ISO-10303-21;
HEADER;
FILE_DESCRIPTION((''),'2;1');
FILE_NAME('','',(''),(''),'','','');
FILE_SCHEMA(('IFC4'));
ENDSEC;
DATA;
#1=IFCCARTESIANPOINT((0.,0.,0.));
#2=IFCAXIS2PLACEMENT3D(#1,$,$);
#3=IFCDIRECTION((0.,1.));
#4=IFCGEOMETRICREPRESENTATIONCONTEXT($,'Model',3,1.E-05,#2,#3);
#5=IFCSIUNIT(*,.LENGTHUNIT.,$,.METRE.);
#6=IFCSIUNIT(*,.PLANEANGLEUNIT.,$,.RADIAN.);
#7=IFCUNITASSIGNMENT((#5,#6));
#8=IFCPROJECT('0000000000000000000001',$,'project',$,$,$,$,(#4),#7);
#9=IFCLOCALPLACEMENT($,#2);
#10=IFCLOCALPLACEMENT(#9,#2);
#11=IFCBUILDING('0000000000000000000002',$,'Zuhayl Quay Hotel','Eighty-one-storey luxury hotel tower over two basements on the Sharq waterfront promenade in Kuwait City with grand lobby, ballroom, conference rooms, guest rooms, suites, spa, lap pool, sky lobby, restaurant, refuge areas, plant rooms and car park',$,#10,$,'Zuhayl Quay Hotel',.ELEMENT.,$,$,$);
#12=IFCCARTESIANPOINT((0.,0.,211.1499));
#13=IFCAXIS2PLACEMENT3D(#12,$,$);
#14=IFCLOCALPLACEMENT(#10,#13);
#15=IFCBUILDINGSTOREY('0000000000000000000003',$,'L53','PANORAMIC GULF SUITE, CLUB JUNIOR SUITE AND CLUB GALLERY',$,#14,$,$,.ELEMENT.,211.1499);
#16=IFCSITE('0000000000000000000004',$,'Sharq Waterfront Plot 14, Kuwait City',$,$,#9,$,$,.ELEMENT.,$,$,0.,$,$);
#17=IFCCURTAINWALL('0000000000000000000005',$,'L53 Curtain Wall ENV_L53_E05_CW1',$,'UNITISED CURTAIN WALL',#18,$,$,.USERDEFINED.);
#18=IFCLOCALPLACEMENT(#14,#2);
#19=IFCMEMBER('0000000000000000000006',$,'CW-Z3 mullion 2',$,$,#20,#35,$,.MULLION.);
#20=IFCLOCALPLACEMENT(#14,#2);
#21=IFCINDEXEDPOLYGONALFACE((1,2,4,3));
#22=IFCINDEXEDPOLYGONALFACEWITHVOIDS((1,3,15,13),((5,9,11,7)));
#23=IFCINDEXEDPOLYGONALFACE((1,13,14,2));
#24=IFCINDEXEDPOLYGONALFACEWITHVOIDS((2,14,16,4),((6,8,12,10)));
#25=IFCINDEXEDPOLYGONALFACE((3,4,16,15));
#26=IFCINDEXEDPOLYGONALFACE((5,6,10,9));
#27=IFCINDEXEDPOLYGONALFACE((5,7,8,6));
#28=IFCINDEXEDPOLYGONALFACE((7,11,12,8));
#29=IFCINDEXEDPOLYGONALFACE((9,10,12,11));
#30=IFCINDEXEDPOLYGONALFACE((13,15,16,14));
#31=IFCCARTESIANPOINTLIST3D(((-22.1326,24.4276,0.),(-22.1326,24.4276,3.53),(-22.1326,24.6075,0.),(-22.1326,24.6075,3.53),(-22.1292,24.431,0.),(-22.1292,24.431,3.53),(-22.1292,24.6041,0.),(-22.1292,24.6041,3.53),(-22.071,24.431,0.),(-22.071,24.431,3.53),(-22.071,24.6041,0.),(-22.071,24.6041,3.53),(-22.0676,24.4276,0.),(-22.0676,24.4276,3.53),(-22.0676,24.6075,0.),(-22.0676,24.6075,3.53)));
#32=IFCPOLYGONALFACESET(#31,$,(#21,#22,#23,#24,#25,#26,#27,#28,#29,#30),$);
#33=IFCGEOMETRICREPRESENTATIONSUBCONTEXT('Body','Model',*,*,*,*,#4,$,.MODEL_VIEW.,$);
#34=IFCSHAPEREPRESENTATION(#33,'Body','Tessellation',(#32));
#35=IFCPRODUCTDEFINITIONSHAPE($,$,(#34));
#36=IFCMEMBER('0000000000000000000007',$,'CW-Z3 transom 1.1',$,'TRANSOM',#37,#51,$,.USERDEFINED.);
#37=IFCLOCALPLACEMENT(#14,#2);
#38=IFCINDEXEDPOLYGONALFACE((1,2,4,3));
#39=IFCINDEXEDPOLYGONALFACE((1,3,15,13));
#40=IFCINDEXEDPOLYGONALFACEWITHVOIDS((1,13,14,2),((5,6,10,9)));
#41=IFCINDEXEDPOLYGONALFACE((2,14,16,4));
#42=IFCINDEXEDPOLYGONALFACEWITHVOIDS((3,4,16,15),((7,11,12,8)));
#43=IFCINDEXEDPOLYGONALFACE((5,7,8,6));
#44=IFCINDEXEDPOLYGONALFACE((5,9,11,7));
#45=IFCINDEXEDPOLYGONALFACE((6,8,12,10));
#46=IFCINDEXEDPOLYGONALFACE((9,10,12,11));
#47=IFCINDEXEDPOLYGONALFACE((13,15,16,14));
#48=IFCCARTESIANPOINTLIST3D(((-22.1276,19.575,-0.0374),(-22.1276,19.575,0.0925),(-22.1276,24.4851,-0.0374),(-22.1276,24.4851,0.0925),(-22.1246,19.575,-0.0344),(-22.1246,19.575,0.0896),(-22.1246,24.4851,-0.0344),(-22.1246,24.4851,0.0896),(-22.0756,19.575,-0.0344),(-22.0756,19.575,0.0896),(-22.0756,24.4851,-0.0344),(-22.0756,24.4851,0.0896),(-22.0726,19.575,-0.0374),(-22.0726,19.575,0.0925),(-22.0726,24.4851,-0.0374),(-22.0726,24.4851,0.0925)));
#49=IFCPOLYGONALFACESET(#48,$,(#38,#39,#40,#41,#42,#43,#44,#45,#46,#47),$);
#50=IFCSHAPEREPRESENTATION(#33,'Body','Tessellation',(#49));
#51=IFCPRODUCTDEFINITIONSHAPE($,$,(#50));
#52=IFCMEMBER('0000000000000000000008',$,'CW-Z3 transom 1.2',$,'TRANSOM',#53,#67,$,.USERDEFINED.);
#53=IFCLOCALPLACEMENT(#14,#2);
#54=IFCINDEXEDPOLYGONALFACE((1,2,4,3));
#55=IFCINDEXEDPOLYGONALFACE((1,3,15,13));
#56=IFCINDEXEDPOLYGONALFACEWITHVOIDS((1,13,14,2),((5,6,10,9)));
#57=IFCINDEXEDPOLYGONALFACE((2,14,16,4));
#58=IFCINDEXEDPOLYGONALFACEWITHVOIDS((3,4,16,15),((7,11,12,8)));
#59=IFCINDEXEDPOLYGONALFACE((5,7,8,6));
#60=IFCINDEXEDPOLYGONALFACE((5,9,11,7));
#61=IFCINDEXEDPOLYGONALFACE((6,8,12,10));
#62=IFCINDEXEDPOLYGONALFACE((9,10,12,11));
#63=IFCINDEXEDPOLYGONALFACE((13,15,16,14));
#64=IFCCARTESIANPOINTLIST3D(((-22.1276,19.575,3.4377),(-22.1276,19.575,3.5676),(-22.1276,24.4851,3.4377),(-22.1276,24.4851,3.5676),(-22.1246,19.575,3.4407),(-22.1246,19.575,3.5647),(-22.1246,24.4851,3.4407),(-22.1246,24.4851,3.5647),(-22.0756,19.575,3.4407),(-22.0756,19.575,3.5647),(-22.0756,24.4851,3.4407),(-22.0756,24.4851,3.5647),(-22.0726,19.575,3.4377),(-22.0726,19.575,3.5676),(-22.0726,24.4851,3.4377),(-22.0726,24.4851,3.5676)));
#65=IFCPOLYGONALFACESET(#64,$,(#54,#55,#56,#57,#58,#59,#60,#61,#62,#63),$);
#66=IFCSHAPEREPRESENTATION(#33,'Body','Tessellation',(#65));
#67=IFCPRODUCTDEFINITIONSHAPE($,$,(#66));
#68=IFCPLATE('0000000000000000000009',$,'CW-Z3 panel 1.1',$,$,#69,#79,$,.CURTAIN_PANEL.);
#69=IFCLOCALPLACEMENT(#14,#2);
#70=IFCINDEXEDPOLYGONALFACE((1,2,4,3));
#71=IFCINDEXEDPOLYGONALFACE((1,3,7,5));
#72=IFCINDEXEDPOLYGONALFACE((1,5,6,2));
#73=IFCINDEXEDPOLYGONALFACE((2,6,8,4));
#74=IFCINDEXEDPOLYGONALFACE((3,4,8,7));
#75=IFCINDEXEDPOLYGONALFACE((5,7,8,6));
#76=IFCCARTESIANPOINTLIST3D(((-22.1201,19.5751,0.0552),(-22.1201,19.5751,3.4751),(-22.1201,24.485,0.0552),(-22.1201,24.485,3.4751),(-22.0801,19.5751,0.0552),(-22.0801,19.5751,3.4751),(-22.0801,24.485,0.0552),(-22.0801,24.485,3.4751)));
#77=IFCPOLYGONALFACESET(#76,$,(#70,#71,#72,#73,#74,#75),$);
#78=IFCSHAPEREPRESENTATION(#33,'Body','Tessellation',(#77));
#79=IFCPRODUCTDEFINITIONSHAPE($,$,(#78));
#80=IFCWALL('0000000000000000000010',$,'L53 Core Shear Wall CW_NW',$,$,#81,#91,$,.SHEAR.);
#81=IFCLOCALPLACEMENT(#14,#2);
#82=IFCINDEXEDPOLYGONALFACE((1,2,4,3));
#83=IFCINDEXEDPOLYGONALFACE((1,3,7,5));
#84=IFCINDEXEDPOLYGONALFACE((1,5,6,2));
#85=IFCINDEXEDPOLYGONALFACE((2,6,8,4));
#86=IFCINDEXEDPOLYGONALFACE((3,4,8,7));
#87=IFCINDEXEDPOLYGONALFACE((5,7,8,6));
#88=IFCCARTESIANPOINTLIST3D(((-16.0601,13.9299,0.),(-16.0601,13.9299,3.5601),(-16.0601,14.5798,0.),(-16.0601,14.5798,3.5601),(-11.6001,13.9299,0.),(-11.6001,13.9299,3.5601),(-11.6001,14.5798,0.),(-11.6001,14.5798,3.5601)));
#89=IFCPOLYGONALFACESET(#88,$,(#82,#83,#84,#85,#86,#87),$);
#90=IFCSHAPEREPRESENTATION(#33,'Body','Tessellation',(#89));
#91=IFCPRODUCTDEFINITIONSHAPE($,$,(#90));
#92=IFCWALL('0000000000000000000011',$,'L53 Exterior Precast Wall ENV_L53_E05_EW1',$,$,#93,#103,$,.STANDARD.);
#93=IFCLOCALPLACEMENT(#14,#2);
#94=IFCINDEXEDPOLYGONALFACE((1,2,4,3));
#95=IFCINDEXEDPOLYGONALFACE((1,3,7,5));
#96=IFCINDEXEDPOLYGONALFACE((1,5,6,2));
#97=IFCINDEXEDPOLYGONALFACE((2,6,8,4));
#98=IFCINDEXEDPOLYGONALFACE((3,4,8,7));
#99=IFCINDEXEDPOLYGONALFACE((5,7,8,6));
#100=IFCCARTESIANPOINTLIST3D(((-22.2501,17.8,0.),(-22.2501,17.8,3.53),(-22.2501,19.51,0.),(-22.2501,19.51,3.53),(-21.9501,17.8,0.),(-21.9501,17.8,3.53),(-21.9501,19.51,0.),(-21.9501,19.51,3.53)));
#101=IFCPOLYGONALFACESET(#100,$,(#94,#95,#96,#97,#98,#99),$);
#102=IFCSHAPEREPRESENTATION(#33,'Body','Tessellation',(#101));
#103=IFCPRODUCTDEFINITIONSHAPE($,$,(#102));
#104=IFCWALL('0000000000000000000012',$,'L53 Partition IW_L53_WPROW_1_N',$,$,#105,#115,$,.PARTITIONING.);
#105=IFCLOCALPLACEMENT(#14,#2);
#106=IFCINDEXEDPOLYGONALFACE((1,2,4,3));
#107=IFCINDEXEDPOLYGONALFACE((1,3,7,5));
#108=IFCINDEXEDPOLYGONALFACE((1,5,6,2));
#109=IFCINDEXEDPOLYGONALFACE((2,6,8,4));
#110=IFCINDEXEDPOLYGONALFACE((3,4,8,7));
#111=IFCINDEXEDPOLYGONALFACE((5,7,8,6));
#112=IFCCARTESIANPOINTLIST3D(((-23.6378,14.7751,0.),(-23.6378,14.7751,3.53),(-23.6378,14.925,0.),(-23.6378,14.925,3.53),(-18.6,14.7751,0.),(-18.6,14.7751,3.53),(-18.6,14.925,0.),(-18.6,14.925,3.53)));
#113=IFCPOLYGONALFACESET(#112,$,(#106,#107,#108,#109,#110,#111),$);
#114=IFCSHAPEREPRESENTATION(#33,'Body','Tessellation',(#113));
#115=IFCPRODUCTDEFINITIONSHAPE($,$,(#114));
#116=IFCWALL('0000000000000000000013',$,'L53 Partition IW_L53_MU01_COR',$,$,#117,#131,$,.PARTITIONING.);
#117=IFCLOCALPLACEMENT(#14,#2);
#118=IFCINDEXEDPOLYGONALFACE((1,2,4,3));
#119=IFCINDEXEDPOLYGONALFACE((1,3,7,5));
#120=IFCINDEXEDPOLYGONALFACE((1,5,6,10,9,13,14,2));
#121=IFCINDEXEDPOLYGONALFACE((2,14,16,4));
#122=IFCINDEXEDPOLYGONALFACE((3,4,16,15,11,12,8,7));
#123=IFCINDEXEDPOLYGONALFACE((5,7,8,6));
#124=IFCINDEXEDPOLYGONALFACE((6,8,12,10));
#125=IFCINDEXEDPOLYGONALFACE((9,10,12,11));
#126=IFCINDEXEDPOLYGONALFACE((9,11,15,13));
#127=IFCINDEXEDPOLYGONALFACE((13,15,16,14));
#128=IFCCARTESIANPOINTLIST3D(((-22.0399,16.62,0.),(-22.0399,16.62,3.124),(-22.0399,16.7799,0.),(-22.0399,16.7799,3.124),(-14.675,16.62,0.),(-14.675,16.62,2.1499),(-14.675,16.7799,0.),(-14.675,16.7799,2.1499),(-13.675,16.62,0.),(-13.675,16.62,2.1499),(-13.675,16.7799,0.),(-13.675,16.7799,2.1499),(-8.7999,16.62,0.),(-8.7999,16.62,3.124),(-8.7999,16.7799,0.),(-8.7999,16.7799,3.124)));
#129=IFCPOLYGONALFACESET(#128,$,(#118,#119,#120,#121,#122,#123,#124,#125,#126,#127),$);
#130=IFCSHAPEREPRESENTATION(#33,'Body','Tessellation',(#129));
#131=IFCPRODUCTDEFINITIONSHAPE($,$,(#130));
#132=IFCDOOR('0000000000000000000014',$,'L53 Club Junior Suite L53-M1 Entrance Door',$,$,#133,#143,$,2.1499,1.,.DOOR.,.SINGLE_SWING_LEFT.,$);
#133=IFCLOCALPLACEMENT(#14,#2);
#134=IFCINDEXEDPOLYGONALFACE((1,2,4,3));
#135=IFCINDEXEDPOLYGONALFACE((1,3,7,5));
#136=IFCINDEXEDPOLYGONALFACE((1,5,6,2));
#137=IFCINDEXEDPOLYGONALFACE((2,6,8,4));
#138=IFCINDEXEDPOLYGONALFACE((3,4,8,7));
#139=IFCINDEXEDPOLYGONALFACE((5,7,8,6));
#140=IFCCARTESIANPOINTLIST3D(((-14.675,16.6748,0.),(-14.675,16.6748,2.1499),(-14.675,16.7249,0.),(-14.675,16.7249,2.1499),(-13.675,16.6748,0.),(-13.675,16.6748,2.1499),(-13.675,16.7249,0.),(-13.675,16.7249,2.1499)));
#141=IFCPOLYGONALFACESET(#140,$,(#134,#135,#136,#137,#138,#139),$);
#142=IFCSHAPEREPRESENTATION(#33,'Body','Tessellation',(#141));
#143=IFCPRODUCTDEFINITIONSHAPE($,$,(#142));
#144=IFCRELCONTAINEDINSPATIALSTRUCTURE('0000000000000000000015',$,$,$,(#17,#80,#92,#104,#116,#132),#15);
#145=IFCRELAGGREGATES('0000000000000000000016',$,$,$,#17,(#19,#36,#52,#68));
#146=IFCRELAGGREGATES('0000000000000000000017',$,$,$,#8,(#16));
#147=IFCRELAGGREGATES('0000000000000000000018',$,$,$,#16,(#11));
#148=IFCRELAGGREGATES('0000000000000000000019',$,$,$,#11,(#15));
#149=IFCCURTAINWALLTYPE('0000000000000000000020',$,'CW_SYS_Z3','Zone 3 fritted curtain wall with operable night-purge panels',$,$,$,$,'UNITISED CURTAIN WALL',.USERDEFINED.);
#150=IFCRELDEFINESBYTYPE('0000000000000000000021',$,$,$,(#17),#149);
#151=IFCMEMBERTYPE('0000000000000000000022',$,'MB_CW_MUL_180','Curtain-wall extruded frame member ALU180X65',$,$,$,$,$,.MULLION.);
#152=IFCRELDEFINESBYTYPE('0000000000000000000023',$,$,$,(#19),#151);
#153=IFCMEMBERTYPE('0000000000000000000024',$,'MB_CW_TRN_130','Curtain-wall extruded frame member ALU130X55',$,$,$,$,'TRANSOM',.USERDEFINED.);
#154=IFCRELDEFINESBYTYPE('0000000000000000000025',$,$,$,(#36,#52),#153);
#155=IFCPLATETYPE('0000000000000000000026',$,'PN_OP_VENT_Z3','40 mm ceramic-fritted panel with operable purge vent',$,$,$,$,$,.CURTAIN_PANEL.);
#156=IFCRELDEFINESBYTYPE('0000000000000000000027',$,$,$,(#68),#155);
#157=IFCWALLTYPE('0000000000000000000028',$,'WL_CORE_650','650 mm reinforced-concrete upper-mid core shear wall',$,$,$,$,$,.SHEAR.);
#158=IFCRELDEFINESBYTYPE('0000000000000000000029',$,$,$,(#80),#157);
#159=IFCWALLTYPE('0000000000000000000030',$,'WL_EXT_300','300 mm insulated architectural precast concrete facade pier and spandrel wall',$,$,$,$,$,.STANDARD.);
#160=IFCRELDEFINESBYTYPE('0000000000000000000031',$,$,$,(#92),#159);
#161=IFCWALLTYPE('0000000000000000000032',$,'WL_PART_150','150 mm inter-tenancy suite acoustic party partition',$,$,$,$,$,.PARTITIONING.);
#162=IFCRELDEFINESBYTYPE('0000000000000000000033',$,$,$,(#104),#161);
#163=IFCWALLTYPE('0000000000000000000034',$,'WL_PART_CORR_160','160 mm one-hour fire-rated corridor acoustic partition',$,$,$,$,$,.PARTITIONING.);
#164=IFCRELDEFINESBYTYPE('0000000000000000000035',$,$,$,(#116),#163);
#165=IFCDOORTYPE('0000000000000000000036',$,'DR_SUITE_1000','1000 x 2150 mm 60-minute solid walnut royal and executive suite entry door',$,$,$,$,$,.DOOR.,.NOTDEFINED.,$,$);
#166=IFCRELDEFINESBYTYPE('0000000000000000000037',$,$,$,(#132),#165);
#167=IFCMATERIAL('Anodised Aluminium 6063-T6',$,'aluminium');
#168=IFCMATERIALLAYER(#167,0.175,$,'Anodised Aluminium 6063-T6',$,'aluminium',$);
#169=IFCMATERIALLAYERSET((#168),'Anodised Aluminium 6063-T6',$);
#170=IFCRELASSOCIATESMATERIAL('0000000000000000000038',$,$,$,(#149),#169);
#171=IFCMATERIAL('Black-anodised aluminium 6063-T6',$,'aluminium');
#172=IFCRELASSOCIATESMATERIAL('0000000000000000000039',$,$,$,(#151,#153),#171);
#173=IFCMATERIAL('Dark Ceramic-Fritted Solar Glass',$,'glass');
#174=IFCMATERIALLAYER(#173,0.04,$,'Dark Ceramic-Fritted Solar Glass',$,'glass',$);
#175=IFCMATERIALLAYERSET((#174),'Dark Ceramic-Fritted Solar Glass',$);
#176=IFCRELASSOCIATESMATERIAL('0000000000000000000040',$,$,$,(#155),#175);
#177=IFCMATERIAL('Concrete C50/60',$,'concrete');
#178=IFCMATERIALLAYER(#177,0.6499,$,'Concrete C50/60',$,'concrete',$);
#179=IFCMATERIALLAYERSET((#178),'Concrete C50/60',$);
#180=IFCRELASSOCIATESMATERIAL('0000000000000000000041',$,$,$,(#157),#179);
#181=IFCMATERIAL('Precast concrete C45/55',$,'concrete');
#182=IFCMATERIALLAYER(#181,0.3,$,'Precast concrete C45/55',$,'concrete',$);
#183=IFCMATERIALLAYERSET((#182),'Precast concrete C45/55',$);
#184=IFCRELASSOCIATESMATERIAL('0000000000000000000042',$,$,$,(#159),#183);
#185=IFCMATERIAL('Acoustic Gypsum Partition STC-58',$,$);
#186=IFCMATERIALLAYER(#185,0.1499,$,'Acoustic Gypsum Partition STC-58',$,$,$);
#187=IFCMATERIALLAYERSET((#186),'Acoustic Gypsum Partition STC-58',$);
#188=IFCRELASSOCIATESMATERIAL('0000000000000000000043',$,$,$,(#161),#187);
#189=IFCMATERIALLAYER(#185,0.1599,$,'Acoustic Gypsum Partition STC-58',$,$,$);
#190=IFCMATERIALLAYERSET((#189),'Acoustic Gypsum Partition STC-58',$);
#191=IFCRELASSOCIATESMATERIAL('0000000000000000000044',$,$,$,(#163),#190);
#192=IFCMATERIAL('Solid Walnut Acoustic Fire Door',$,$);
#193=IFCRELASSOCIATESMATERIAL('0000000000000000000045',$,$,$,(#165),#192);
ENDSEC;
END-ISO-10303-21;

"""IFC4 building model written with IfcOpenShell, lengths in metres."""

from ifc_helpers import new_model, si_unit, direction, frame, frame_2d, origin, origin_2d, place, context, subcontext, project, spatial, rectangle, hollow_rectangle, extrude, material, layer, layer_set, material_profile, profile_set, type_object, element, fill, aggregate, save


model = new_model("IFC4")

# Units and contexts
model_context = context("Model", 3, precision=1e-05, world=origin(), true_north=direction((0.0, 1.0)))
body_context = subcontext(model_context, "Body", "Model", "MODEL_VIEW")
ifc_project = project(units=[si_unit("LENGTHUNIT", "METRE"), si_unit("PLANEANGLEUNIT", "RADIAN")], contexts=[model_context])

# Site, building, storey
site_placement = place(None, origin())
site = spatial("IfcSite", under=ifc_project, at=site_placement, Name="Sharq Waterfront Plot 14, Kuwait City", CompositionType="ELEMENT", RefElevation=0.0)
building_placement = place(site_placement, origin())
building = spatial("IfcBuilding", under=site, at=building_placement, Name="Zuhayl Quay Hotel", Description="Eighty-one-storey luxury hotel tower over two basements on the Sharq waterfront promenade in Kuwait City with grand lobby, ballroom, conference rooms, guest rooms, suites, spa, lap pool, sky lobby, restaurant, refuge areas, plant rooms and car park", LongName="Zuhayl Quay Hotel", CompositionType="ELEMENT")
storey_placement = place(building_placement, frame((0.0, 0.0, 211.1499)))
storey = spatial("IfcBuildingStorey", under=building, at=storey_placement, Name="L53", Description="PANORAMIC GULF SUITE, CLUB JUNIOR SUITE AND CLUB GALLERY", CompositionType="ELEMENT", Elevation=211.1499)

# Curtain wall, members, plate
ifc_material_1 = material(Name="Anodised Aluminium 6063-T6", Category="aluminium")
ifc_layer_1 = layer(ifc_material_1, 0.175, Name="Anodised Aluminium 6063-T6", Category="aluminium")
ifc_layer_set_1 = layer_set([ifc_layer_1], Name="Anodised Aluminium 6063-T6")
curtain_wall_type = type_object("IfcCurtainWallType", Name="CW_SYS_Z3", Description="Zone 3 fritted curtain wall with operable night-purge panels", ElementType="UNITISED CURTAIN WALL", PredefinedType="USERDEFINED", material=ifc_layer_set_1)
curtain_wall_placement = place(storey_placement, origin())
curtain_wall = element("IfcCurtainWall", 1, at=curtain_wall_placement, inside=storey, type_object=curtain_wall_type, Name="L53 Curtain Wall ENV_L53_E05_CW1", ObjectType="UNITISED CURTAIN WALL", PredefinedType="USERDEFINED")
ifc_material_2 = material(Name="Black-anodised aluminium 6063-T6", Category="aluminium")
ifc_material_profile_1 = material_profile(ifc_material_2, hollow_rectangle(XDim=0.0649, YDim=0.1799, WallThickness=0.0034, at=origin_2d()), Name="ALU180X65")
ifc_profile_set_1 = profile_set([ifc_material_profile_1], Name="Black-anodised aluminium 6063-T6")
member_type_1 = type_object("IfcMemberType", Name="MB_CW_MUL_180", Description="Curtain-wall extruded frame member ALU180X65", PredefinedType="MULLION", material=ifc_profile_set_1)
member_1_placement = place(storey_placement, frame((-22.1001, 24.5176, 0.0), z_axis=(0.0, 0.0, 1.0), x_axis=(-1.0, 0.0, 0.0)))
member_1 = element("IfcMember", 2, at=member_1_placement, type_object=member_type_1, Name="CW-Z3 mullion 2", PredefinedType="MULLION", context=body_context, shape_type="SweptSolid", body=[
    extrude(hollow_rectangle(XDim=0.0649, YDim=0.1799, WallThickness=0.0034, at=origin_2d()), origin(), (0.0, 0.0, 1.0), 3.53),
])
ifc_material_profile_2 = material_profile(ifc_material_2, hollow_rectangle(XDim=0.0549, YDim=0.1299, WallThickness=0.0029, at=origin_2d()), Name="ALU130X55")
ifc_profile_set_2 = profile_set([ifc_material_profile_2], Name="Black-anodised aluminium 6063-T6")
member_type_2 = type_object("IfcMemberType", Name="MB_CW_TRN_130", Description="Curtain-wall extruded frame member ALU130X55", ElementType="TRANSOM", PredefinedType="USERDEFINED", material=ifc_profile_set_2)
member_2_placement = place(storey_placement, frame((-22.1001, 19.575, 0.0276), z_axis=(0.0, 1.0, 0.0), x_axis=(-1.0, 0.0, 0.0)))
member_2 = element("IfcMember", 3, at=member_2_placement, type_object=member_type_2, Name="CW-Z3 transom 1.1", ObjectType="TRANSOM", PredefinedType="USERDEFINED", context=body_context, shape_type="SweptSolid", body=[
    extrude(hollow_rectangle(XDim=0.0549, YDim=0.1299, WallThickness=0.0029, at=origin_2d()), origin(), (0.0, 0.0, 1.0), 4.9102),
])
member_3_placement = place(storey_placement, frame((-22.1001, 19.575, 3.5027), z_axis=(0.0, 1.0, 0.0), x_axis=(-1.0, 0.0, 0.0)))
member_3 = element("IfcMember", 4, at=member_3_placement, type_object=member_type_2, Name="CW-Z3 transom 1.2", ObjectType="TRANSOM", PredefinedType="USERDEFINED", context=body_context, shape_type="SweptSolid", body=[
    extrude(hollow_rectangle(XDim=0.0549, YDim=0.1299, WallThickness=0.0029, at=origin_2d()), origin(), (0.0, 0.0, 1.0), 4.9102),
])
ifc_material_3 = material(Name="Dark Ceramic-Fritted Solar Glass", Category="glass")
ifc_layer_2 = layer(ifc_material_3, 0.04, Name="Dark Ceramic-Fritted Solar Glass", Category="glass")
ifc_layer_set_2 = layer_set([ifc_layer_2], Name="Dark Ceramic-Fritted Solar Glass")
plate_type = type_object("IfcPlateType", Name="PN_OP_VENT_Z3", Description="40 mm ceramic-fritted panel with operable purge vent", PredefinedType="CURTAIN_PANEL", material=ifc_layer_set_2)
plate_placement = place(storey_placement, frame((-22.1001, 22.03, 0.0552), z_axis=(0.0, 0.0, 1.0), x_axis=(0.0, 1.0, 0.0)))
plate = element("IfcPlate", 5, at=plate_placement, type_object=plate_type, Name="CW-Z3 panel 1.1", PredefinedType="CURTAIN_PANEL", context=body_context, shape_type="SweptSolid", body=[
    extrude(rectangle(XDim=4.9099, YDim=0.04, at=origin_2d()), origin(), (0.0, 0.0, 1.0), 3.4199),
])
aggregate(curtain_wall, [member_1, member_2, member_3, plate])

# Walls
ifc_material_4 = material(Name="Concrete C50/60", Category="concrete")
ifc_layer_3 = layer(ifc_material_4, 0.6499, Name="Concrete C50/60", Category="concrete")
ifc_layer_set_3 = layer_set([ifc_layer_3], Name="Concrete C50/60")
wall_type_1 = type_object("IfcWallType", Name="WL_CORE_650", Description="650 mm reinforced-concrete upper-mid core shear wall", PredefinedType="SHEAR", material=ifc_layer_set_3)
wall_1_placement = place(storey_placement, frame((-16.0601, 14.2549, 0.0), z_axis=(0.0, 0.0, 1.0), x_axis=(1.0, 0.0, 0.0)))
element("IfcWall", 6, at=wall_1_placement, inside=storey, type_object=wall_type_1, Name="L53 Core Shear Wall CW_NW", PredefinedType="SHEAR", context=body_context, shape_type="SweptSolid", body=[
    extrude(rectangle(XDim=4.46, YDim=0.6499, at=frame_2d((2.23, 0.0))), origin(), (0.0, 0.0, 1.0), 3.5601),
])
ifc_material_5 = material(Name="Precast concrete C45/55", Category="concrete")
ifc_layer_4 = layer(ifc_material_5, 0.3, Name="Precast concrete C45/55", Category="concrete")
ifc_layer_set_4 = layer_set([ifc_layer_4], Name="Precast concrete C45/55")
wall_type_2 = type_object("IfcWallType", Name="WL_EXT_300", Description="300 mm insulated architectural precast concrete facade pier and spandrel wall", PredefinedType="STANDARD", material=ifc_layer_set_4)
wall_2_placement = place(storey_placement, frame((-22.1001, 17.8, 0.0), z_axis=(0.0, 0.0, 1.0), x_axis=(0.0, 1.0, 0.0)))
element("IfcWall", 7, at=wall_2_placement, inside=storey, type_object=wall_type_2, Name="L53 Exterior Precast Wall ENV_L53_E05_EW1", PredefinedType="STANDARD", context=body_context, shape_type="SweptSolid", body=[
    extrude(rectangle(XDim=1.71, YDim=0.3, at=frame_2d((0.855, 0.0))), origin(), (0.0, 0.0, 1.0), 3.53),
])
ifc_material_6 = material(Name="Acoustic Gypsum Partition STC-58")
ifc_layer_5 = layer(ifc_material_6, 0.1499, Name="Acoustic Gypsum Partition STC-58")
ifc_layer_set_5 = layer_set([ifc_layer_5], Name="Acoustic Gypsum Partition STC-58")
wall_type_3 = type_object("IfcWallType", Name="WL_PART_150", Description="150 mm inter-tenancy suite acoustic party partition", PredefinedType="PARTITIONING", material=ifc_layer_set_5)
wall_3_placement = place(storey_placement, frame((-23.6379, 14.8501, 0.0), z_axis=(0.0, 0.0, 1.0), x_axis=(1.0, 0.0, 0.0)))
element("IfcWall", 8, at=wall_3_placement, inside=storey, type_object=wall_type_3, Name="L53 Partition IW_L53_WPROW_1_N", PredefinedType="PARTITIONING", context=body_context, shape_type="SweptSolid", body=[
    extrude(rectangle(XDim=5.0378, YDim=0.1499, at=frame_2d((2.519, 0.0))), origin(), (0.0, 0.0, 1.0), 3.53),
])

# Wall, opening, door
ifc_layer_6 = layer(ifc_material_6, 0.1599, Name="Acoustic Gypsum Partition STC-58")
ifc_layer_set_6 = layer_set([ifc_layer_6], Name="Acoustic Gypsum Partition STC-58")
wall_type_4 = type_object("IfcWallType", Name="WL_PART_CORR_160", Description="160 mm one-hour fire-rated corridor acoustic partition", PredefinedType="PARTITIONING", material=ifc_layer_set_6)
wall_4_placement = place(storey_placement, frame((-22.04, 16.7, 0.0), z_axis=(0.0, 0.0, 1.0), x_axis=(1.0, 0.0, 0.0)))
wall_4 = element("IfcWall", 9, at=wall_4_placement, inside=storey, type_object=wall_type_4, Name="L53 Partition IW_L53_MU01_COR", PredefinedType="PARTITIONING", context=body_context, shape_type="SweptSolid", body=[
    extrude(rectangle(XDim=13.24, YDim=0.1599, at=frame_2d((6.6201, 0.0))), origin(), (0.0, 0.0, 1.0), 3.124),
])
opening_1_placement = place(wall_4_placement, frame((7.365, 0.0, 0.0)))
opening_1 = element("IfcOpeningElement", 10, at=opening_1_placement, cuts=wall_4, PredefinedType="OPENING", context=body_context, shape_type="SweptSolid", body=[
    extrude(rectangle(XDim=1.0, YDim=2.1499, at=frame_2d((0.5, 1.075))), frame((0.0, 0.0898, 0.0), z_axis=(0.0, -1.0, 0.0), x_axis=(1.0, 0.0, 0.0)), (0.0, 0.0, 1.0), 0.1799),
])
ifc_material_7 = material(Name="Solid Walnut Acoustic Fire Door")
door_type_1 = type_object("IfcDoorType", Name="DR_SUITE_1000", Description="1000 x 2150 mm 60-minute solid walnut royal and executive suite entry door", OperationType="NOTDEFINED", PredefinedType="DOOR", material=ifc_material_7)
door_1_placement = place(opening_1_placement, origin())
door_1 = element("IfcDoor", 11, at=door_1_placement, inside=storey, type_object=door_type_1, Name="L53 Club Junior Suite L53-M1 Entrance Door", OperationType="SINGLE_SWING_LEFT", OverallHeight=2.1499, OverallWidth=1.0, PredefinedType="DOOR", context=body_context, shape_type="SweptSolid", body=[
    extrude(rectangle(XDim=1.0, YDim=2.1499, at=frame_2d((0.5, 1.075))), frame((0.0, 0.0249, 0.0), z_axis=(0.0, -1.0, 0.0), x_axis=(1.0, 0.0, 0.0)), (0.0, 0.0, 1.0), 0.05),
])
fill(opening_1, door_1)

save(model, "model.ifc")
